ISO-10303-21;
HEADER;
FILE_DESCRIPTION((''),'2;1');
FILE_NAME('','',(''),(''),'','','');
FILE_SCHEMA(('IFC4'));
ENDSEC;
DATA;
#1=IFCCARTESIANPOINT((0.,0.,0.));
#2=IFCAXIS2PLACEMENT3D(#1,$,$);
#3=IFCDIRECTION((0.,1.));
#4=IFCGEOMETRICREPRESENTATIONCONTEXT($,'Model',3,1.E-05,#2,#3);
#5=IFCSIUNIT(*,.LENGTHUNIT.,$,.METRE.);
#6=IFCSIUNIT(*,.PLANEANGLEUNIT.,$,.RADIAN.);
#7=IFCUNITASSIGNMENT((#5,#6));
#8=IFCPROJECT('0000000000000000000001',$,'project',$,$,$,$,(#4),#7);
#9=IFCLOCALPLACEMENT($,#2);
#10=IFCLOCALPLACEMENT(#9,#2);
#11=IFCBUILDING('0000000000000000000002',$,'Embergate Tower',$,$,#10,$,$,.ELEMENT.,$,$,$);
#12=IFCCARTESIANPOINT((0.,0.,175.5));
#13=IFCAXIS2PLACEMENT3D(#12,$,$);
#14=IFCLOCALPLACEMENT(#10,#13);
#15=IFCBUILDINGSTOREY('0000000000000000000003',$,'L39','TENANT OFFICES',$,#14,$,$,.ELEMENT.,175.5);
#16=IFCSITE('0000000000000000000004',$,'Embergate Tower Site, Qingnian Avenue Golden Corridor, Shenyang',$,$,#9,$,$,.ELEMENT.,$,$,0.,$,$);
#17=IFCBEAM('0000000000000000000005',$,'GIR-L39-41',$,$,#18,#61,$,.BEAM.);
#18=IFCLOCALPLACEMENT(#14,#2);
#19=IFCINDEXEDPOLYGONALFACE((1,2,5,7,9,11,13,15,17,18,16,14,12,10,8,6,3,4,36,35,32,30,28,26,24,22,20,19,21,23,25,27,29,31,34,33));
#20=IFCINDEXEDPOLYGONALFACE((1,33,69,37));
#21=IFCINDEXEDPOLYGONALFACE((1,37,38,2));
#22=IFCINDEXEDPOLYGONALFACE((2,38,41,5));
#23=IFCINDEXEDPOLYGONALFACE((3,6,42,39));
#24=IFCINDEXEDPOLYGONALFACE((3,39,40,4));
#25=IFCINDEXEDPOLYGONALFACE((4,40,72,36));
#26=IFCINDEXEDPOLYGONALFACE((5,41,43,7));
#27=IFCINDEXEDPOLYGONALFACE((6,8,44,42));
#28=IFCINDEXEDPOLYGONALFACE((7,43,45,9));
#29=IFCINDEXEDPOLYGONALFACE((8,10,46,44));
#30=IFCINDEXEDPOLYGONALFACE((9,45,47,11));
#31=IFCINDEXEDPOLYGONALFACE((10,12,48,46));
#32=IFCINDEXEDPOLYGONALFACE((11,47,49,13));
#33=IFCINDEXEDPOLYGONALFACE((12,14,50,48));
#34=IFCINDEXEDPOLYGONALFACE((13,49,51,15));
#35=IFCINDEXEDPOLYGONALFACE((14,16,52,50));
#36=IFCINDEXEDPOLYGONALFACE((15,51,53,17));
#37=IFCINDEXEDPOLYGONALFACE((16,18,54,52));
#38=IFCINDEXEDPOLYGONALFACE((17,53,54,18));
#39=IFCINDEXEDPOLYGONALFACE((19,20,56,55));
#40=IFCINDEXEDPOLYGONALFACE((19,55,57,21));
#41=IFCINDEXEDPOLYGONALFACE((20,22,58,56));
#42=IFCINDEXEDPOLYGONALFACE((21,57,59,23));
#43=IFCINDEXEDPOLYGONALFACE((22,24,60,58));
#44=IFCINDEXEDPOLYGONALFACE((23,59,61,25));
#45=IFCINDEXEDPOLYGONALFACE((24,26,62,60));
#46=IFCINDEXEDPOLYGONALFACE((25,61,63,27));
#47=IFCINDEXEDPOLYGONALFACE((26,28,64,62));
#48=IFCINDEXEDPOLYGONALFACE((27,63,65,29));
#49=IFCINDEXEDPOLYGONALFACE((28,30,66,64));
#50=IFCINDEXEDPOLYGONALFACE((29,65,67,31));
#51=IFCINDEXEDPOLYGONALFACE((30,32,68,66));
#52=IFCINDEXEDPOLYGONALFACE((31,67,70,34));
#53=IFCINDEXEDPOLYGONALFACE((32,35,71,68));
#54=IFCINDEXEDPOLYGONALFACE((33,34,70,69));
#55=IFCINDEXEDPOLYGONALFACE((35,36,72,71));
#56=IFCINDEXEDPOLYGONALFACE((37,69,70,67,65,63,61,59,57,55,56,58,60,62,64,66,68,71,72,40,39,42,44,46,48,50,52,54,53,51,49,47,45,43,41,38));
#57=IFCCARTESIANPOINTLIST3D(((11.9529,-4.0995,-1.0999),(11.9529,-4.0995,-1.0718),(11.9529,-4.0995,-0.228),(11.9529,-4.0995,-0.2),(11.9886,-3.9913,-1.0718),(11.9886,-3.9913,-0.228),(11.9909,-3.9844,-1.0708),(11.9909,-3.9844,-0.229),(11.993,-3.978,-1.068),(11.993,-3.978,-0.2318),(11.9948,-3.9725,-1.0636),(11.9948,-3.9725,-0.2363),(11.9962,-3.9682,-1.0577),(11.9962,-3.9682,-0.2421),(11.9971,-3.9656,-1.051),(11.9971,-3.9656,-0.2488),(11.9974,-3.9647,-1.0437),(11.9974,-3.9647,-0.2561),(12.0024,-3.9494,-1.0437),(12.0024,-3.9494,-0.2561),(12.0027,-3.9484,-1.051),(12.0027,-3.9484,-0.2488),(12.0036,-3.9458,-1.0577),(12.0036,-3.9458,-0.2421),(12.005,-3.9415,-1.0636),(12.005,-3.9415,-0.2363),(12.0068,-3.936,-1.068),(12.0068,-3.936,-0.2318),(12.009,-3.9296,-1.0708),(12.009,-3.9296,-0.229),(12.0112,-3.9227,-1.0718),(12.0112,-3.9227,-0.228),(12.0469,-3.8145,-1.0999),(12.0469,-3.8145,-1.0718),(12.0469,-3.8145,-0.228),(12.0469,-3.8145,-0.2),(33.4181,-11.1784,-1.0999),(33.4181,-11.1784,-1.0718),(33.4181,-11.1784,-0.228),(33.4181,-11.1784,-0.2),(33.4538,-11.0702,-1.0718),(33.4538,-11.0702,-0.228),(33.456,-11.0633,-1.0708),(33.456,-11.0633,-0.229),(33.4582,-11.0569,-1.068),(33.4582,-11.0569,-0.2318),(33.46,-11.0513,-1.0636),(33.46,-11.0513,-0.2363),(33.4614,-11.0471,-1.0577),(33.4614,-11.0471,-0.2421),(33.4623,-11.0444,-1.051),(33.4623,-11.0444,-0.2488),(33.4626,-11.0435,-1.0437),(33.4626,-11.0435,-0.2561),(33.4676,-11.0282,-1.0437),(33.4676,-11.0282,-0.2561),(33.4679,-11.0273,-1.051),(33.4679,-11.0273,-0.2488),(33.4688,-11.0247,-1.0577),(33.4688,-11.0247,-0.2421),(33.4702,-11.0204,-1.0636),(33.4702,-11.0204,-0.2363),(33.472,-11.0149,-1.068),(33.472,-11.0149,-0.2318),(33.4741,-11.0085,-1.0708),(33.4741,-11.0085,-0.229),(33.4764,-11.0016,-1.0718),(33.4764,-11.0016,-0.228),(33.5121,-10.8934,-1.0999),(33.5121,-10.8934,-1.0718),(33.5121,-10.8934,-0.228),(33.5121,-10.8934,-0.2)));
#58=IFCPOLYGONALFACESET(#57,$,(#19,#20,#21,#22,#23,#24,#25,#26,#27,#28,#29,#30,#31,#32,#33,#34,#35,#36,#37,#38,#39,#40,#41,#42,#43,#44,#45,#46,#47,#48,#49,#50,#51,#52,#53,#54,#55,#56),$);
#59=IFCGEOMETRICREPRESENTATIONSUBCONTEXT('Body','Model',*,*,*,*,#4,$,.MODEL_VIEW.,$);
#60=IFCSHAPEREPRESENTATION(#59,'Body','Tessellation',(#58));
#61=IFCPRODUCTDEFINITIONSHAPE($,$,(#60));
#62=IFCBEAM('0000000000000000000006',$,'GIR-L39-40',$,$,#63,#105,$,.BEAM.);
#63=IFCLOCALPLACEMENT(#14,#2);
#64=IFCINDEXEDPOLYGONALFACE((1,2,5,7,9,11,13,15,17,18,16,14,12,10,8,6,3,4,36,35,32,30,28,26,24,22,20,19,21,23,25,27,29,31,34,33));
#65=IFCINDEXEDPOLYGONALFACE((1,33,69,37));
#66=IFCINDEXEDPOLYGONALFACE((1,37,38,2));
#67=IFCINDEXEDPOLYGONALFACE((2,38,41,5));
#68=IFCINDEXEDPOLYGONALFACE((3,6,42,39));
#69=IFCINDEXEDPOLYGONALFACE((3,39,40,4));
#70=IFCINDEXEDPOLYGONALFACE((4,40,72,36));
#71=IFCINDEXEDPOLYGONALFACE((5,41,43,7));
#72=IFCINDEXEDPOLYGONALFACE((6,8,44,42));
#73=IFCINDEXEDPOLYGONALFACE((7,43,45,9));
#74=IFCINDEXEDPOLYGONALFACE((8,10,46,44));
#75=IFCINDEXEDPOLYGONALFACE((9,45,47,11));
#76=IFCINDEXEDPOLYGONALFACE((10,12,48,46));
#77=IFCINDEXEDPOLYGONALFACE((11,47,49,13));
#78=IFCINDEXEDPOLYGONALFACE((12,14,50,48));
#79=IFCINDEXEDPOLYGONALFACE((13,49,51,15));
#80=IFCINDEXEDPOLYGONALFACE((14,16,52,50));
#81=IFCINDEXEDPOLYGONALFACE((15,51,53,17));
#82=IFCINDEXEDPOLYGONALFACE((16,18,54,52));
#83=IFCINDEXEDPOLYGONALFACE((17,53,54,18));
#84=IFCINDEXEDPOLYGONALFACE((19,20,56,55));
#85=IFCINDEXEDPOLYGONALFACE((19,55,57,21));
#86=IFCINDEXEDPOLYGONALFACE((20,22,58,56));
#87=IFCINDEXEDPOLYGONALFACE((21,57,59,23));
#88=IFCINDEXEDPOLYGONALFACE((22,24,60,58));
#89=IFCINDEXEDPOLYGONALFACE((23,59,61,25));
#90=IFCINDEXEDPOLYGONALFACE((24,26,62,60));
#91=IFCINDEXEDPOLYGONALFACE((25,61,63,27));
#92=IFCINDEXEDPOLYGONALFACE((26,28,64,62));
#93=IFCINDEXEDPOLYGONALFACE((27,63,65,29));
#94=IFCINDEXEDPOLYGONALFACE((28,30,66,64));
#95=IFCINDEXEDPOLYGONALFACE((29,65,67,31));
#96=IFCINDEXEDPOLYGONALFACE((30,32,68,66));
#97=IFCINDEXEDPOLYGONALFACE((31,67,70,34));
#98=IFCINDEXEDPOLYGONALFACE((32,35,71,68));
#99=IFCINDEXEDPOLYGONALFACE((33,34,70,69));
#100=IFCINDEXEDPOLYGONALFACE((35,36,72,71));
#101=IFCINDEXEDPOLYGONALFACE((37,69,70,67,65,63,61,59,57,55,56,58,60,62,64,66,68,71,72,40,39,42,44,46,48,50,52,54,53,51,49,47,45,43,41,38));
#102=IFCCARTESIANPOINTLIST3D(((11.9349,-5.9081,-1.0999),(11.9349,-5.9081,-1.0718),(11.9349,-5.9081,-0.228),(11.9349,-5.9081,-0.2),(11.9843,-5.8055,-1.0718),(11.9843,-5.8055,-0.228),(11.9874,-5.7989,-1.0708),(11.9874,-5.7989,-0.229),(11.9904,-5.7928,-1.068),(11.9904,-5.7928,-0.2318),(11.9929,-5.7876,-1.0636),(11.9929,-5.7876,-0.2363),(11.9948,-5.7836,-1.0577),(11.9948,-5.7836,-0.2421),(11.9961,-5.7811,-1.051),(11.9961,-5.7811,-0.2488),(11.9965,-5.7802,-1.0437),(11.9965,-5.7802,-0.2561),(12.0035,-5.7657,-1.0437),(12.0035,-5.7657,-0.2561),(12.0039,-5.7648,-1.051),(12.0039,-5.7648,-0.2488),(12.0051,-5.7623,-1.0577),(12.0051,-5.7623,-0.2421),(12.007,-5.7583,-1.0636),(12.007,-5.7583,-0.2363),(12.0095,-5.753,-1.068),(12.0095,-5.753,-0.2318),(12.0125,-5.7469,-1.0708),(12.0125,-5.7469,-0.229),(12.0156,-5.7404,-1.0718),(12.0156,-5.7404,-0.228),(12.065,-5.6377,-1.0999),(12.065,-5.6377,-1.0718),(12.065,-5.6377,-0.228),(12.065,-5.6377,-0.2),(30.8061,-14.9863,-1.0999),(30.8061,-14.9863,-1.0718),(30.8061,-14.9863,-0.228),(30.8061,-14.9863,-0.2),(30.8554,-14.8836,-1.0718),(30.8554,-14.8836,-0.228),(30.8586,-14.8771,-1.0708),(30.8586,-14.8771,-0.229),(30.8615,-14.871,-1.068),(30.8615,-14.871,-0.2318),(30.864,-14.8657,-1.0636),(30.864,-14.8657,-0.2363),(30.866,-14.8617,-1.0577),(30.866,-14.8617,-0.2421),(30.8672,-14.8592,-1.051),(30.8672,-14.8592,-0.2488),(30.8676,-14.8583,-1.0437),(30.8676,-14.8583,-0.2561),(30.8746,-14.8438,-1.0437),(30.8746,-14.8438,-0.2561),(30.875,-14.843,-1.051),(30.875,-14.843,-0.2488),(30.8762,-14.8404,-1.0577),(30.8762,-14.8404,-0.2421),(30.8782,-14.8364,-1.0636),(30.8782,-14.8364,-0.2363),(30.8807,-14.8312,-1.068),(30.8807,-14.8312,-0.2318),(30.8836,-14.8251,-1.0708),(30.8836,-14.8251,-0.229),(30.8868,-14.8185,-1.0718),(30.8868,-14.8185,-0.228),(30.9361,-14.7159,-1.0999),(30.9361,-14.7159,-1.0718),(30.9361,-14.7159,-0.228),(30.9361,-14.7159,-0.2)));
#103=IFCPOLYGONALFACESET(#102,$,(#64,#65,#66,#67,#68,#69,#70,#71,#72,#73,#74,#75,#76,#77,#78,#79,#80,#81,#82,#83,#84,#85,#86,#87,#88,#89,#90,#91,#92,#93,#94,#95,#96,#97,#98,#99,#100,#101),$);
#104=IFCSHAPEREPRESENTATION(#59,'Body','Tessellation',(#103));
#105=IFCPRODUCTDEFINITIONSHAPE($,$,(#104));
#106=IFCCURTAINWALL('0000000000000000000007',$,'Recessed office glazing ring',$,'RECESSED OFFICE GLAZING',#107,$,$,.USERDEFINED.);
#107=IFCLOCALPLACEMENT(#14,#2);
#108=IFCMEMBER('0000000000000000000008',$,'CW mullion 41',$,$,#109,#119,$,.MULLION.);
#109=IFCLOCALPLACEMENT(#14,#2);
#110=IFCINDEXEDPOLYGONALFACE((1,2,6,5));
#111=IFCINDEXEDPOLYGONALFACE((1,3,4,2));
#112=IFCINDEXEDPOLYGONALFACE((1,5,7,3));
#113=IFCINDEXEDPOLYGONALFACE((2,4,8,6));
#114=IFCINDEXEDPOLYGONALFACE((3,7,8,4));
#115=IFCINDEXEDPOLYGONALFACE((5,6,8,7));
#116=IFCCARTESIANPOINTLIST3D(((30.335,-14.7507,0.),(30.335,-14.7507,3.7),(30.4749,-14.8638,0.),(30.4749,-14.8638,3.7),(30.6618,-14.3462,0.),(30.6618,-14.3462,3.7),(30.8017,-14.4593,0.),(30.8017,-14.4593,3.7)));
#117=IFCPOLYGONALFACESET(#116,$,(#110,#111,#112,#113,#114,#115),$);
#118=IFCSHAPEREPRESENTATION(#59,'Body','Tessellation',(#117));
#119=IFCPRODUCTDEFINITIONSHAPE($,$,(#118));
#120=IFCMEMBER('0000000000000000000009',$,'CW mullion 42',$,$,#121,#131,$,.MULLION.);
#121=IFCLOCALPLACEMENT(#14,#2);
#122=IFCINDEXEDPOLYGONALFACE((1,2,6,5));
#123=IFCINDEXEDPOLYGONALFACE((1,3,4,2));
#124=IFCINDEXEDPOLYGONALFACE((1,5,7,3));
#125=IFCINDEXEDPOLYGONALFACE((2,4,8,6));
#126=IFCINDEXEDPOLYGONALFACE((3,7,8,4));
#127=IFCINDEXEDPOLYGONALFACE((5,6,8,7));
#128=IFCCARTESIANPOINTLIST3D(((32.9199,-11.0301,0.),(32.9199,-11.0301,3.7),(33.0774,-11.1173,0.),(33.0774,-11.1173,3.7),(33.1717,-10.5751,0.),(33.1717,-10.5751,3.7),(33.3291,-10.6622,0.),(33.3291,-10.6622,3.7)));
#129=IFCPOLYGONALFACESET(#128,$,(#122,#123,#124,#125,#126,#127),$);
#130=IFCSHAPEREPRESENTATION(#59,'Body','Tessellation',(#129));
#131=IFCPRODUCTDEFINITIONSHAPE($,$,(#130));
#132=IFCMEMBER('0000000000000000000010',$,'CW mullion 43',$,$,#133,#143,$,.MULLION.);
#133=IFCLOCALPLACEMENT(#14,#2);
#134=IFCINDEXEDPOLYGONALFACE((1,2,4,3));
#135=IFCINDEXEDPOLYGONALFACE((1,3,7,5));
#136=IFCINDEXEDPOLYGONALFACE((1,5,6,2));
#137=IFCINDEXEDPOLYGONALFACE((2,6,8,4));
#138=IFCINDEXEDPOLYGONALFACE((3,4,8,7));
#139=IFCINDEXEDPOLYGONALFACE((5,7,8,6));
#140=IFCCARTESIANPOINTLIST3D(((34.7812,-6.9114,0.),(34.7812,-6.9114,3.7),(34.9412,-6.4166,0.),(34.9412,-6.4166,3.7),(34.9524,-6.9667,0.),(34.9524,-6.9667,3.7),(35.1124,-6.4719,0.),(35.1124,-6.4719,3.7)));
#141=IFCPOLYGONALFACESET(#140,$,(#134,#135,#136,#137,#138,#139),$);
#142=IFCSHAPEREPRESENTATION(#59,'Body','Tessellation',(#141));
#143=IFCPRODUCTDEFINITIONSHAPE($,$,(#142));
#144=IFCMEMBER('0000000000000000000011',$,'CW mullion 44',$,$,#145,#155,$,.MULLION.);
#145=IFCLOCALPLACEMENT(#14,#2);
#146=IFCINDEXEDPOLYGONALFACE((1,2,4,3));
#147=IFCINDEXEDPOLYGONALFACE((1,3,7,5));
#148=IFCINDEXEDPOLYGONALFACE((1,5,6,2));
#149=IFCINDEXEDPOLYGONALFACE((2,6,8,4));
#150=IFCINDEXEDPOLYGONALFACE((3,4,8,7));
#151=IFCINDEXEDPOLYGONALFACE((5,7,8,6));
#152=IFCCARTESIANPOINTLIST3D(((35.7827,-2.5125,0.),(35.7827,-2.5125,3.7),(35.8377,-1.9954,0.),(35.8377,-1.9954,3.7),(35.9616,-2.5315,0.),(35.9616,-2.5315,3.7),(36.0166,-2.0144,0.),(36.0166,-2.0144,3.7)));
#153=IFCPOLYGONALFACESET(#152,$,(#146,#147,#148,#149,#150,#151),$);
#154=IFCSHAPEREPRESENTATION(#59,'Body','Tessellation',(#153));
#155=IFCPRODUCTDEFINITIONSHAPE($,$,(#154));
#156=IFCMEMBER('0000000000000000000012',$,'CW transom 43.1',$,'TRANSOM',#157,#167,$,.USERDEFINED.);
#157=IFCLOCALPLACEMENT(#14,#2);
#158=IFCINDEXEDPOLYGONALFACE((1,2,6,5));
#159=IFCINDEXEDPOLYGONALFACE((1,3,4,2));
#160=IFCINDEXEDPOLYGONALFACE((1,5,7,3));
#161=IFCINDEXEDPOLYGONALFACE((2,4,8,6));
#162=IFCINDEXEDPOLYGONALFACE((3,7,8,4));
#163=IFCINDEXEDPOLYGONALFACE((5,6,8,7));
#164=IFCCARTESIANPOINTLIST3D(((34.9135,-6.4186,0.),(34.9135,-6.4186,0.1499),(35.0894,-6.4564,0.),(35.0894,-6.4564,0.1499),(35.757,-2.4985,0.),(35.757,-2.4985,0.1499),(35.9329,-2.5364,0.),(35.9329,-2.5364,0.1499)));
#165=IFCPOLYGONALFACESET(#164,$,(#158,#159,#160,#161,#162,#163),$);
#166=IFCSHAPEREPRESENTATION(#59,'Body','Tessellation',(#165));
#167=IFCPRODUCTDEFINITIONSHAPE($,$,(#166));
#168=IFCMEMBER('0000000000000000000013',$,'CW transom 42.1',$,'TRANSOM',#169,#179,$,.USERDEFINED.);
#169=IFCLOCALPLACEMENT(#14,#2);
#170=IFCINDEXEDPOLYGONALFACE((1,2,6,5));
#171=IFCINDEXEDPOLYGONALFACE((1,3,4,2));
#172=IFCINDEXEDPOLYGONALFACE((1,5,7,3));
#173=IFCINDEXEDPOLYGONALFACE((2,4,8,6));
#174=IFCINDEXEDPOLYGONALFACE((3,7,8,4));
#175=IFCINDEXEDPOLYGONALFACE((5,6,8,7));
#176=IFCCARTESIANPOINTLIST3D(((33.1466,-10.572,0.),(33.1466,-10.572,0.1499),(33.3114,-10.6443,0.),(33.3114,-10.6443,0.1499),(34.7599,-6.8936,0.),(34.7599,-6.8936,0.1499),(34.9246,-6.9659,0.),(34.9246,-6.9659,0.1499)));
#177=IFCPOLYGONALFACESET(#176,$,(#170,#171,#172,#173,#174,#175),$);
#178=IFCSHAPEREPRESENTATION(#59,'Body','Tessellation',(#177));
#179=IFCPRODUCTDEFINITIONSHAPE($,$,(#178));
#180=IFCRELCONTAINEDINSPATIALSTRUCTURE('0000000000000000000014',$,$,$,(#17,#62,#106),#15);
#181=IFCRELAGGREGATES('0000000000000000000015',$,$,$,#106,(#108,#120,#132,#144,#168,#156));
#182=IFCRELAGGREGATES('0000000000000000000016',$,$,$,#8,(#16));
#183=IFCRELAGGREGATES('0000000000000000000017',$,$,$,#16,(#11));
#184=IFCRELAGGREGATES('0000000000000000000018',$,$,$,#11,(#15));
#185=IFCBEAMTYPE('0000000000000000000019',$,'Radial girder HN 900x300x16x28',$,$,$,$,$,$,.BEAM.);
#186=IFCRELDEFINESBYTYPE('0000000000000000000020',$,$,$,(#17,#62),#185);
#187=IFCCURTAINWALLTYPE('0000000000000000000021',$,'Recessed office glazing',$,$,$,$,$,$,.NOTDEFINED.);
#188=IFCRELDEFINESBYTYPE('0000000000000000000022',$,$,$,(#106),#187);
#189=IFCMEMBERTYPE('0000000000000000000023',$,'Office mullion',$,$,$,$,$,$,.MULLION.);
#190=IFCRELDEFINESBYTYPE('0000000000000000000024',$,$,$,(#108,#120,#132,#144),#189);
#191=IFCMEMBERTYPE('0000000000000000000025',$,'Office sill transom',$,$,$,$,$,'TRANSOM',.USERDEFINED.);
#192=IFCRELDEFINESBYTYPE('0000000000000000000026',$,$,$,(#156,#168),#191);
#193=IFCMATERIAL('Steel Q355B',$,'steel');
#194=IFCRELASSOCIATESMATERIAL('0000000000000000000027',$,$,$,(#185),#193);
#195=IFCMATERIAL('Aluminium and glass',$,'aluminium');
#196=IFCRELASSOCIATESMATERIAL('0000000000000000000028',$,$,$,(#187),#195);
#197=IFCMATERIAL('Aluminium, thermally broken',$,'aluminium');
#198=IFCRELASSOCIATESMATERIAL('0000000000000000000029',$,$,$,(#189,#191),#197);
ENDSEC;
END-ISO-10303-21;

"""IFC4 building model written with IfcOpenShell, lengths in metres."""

from ifc_helpers import new_model, si_unit, direction, frame, origin, origin_2d, place, context, subcontext, project, spatial, rectangle, i_section, extrude, source, transform, mapped, material, material_profile, profile_set, type_object, element, aggregate, save


model = new_model("IFC4")

# Units and contexts
model_context = context("Model", 3, precision=1e-05, world=origin(), true_north=direction((0.0, 1.0)))
body_context = subcontext(model_context, "Body", "Model", "MODEL_VIEW")
ifc_project = project(units=[si_unit("LENGTHUNIT", "METRE"), si_unit("PLANEANGLEUNIT", "RADIAN")], contexts=[model_context])

# Site, building, storey
site_placement = place(None, origin())
site = spatial("IfcSite", under=ifc_project, at=site_placement, Name="Embergate Tower Site, Qingnian Avenue Golden Corridor, Shenyang", CompositionType="ELEMENT", RefElevation=0.0)
building_placement = place(site_placement, origin())
building = spatial("IfcBuilding", under=site, at=building_placement, Name="Embergate Tower", CompositionType="ELEMENT")
storey_placement = place(building_placement, frame((0.0, 0.0, 175.5)))
storey = spatial("IfcBuildingStorey", under=building, at=storey_placement, Name="L39", Description="TENANT OFFICES", CompositionType="ELEMENT", Elevation=175.5)

# Beams
ifc_material_1 = material(Name="Steel Q355B", Category="steel")
ifc_material_profile_1 = material_profile(ifc_material_1, i_section(OverallWidth=0.3, OverallDepth=0.8999, WebThickness=0.0161, FlangeThickness=0.0281, FilletRadius=0.0281, at=origin_2d()), Name="HN 900x300x16x28")
ifc_profile_set_1 = profile_set([ifc_material_profile_1], Name="Steel Q355 grade B")
beam_type_1 = type_object("IfcBeamType", Name="Radial girder HN 900x300x16x28", PredefinedType="BEAM", material=ifc_profile_set_1)
shared_shape_1 = source(origin(), body_context, "Body", "SweptSolid", [
    extrude(i_section(OverallWidth=0.3, OverallDepth=0.8999, WebThickness=0.0161, FlangeThickness=0.0281, FilletRadius=0.0281, at=origin_2d()), origin(), (0.0, 0.0, 1.0), 22.6023),
])
beam_1_placement = place(storey_placement, frame((33.4651, -11.0359, -0.6499), z_axis=(-0.949689, 0.313193, 0.0), x_axis=(-0.313193, -0.949689, 0.0)))
element("IfcBeam", 1, at=beam_1_placement, inside=storey, type_object=beam_type_1, Name="GIR-L39-41", PredefinedType="BEAM", context=body_context, shape_type="MappedRepresentation", body=[
    mapped(shared_shape_1, transform((0.0, 0.0, 0.0))),
])
shared_shape_2 = source(origin(), body_context, "Body", "SweptSolid", [
    extrude(i_section(OverallWidth=0.3, OverallDepth=0.8999, WebThickness=0.0161, FlangeThickness=0.0281, FilletRadius=0.0281, at=origin_2d()), origin(), (0.0, 0.0, 1.0), 20.9412),
])
beam_2_placement = place(storey_placement, frame((30.8711, -14.8511, -0.6499), z_axis=(-0.90115, 0.433507, 0.0), x_axis=(-0.433507, -0.90115, 0.0)))
element("IfcBeam", 2, at=beam_2_placement, inside=storey, type_object=beam_type_1, Name="GIR-L39-40", PredefinedType="BEAM", context=body_context, shape_type="MappedRepresentation", body=[
    mapped(shared_shape_2, transform((0.0, 0.0, 0.0))),
])

# Curtain wall, members
ifc_material_2 = material(Name="Aluminium and glass", Category="aluminium")
curtain_wall_type = type_object("IfcCurtainWallType", Name="Recessed office glazing", PredefinedType="NOTDEFINED", material=ifc_material_2)
curtain_wall_placement = place(storey_placement, origin())
curtain_wall = element("IfcCurtainWall", 3, at=curtain_wall_placement, inside=storey, type_object=curtain_wall_type, Name="Recessed office glazing ring", ObjectType="RECESSED OFFICE GLAZING", PredefinedType="USERDEFINED")
ifc_material_3 = material(Name="Aluminium, thermally broken", Category="aluminium")
ifc_material_profile_2 = material_profile(ifc_material_3, rectangle(XDim=0.1799, YDim=0.52, at=origin_2d()), Name="AL 520x180")
ifc_profile_set_2 = profile_set([ifc_material_profile_2], Name="Aluminium, thermally broken")
member_type_1 = type_object("IfcMemberType", Name="Office mullion", PredefinedType="MULLION", material=ifc_profile_set_2)
shared_shape_3 = source(origin(), body_context, "Body", "SweptSolid", [
    extrude(rectangle(XDim=0.1799, YDim=0.52, at=origin_2d()), origin(), (0.0, 0.0, 1.0), 3.7),
])
member_1_placement = place(storey_placement, frame((30.5684, -14.605, 0.0), z_axis=(0.0, 0.0, 1.0), x_axis=(-0.777867, 0.628429, 0.0)))
member_1 = element("IfcMember", 4, at=member_1_placement, type_object=member_type_1, Name="CW mullion 41", PredefinedType="MULLION", context=body_context, shape_type="MappedRepresentation", body=[
    mapped(shared_shape_3, transform((0.0, 0.0, 0.0))),
])
member_2_placement = place(storey_placement, frame((33.1245, -10.8462, 0.0), z_axis=(0.0, 0.0, 1.0), x_axis=(-0.874999, 0.484126, 0.0)))
member_2 = element("IfcMember", 5, at=member_2_placement, type_object=member_type_1, Name="CW mullion 42", PredefinedType="MULLION", context=body_context, shape_type="MappedRepresentation", body=[
    mapped(shared_shape_3, transform((0.0, 0.0, 0.0))),
])
member_3_placement = place(storey_placement, frame((34.9468, -6.6917, 0.0), z_axis=(0.0, 0.0, 1.0), x_axis=(-0.951496, 0.307661, 0.0)))
member_3 = element("IfcMember", 6, at=member_3_placement, type_object=member_type_1, Name="CW mullion 43", PredefinedType="MULLION", context=body_context, shape_type="MappedRepresentation", body=[
    mapped(shared_shape_3, transform((0.0, 0.0, 0.0))),
])
member_4_placement = place(storey_placement, frame((35.8997, -2.2634, 0.0), z_axis=(0.0, 0.0, 1.0), x_axis=(-0.994385, 0.105825, 0.0)))
member_4 = element("IfcMember", 7, at=member_4_placement, type_object=member_type_1, Name="CW mullion 44", PredefinedType="MULLION", context=body_context, shape_type="MappedRepresentation", body=[
    mapped(shared_shape_3, transform((0.0, 0.0, 0.0))),
])
ifc_material_profile_3 = material_profile(ifc_material_3, rectangle(XDim=0.1799, YDim=0.1499, at=origin_2d()), Name="AL 150x180")
ifc_profile_set_3 = profile_set([ifc_material_profile_3], Name="Aluminium, thermally broken")
member_type_2 = type_object("IfcMemberType", Name="Office sill transom", ElementType="TRANSOM", PredefinedType="USERDEFINED", material=ifc_profile_set_3)
shared_shape_4 = source(origin(), body_context, "Body", "SweptSolid", [
    extrude(rectangle(XDim=0.1799, YDim=0.1499, at=origin_2d()), origin(), (0.0, 0.0, 1.0), 4.0098),
])
member_5_placement = place(storey_placement, frame((35.0015, -6.4375, 0.075), z_axis=(0.210369, 0.977622, 0.0), x_axis=(-0.977622, 0.210369, 0.0)))
member_5 = element("IfcMember", 8, at=member_5_placement, type_object=member_type_2, Name="CW transom 43.1", ObjectType="TRANSOM", PredefinedType="USERDEFINED", context=body_context, shape_type="MappedRepresentation", body=[
    mapped(shared_shape_4, transform((0.0, 0.0, 0.0))),
])
shared_shape_5 = source(origin(), body_context, "Body", "SweptSolid", [
    extrude(rectangle(XDim=0.1799, YDim=0.1499, at=origin_2d()), origin(), (0.0, 0.0, 1.0), 4.0166),
])
member_6_placement = place(storey_placement, frame((33.229, -10.6082, 0.075), z_axis=(0.401645, 0.915796, 0.0), x_axis=(-0.915796, 0.401645, 0.0)))
member_6 = element("IfcMember", 9, at=member_6_placement, type_object=member_type_2, Name="CW transom 42.1", ObjectType="TRANSOM", PredefinedType="USERDEFINED", context=body_context, shape_type="MappedRepresentation", body=[
    mapped(shared_shape_5, transform((0.0, 0.0, 0.0))),
])
aggregate(curtain_wall, [member_1, member_2, member_3, member_4, member_6, member_5])

save(model, "model.ifc")
